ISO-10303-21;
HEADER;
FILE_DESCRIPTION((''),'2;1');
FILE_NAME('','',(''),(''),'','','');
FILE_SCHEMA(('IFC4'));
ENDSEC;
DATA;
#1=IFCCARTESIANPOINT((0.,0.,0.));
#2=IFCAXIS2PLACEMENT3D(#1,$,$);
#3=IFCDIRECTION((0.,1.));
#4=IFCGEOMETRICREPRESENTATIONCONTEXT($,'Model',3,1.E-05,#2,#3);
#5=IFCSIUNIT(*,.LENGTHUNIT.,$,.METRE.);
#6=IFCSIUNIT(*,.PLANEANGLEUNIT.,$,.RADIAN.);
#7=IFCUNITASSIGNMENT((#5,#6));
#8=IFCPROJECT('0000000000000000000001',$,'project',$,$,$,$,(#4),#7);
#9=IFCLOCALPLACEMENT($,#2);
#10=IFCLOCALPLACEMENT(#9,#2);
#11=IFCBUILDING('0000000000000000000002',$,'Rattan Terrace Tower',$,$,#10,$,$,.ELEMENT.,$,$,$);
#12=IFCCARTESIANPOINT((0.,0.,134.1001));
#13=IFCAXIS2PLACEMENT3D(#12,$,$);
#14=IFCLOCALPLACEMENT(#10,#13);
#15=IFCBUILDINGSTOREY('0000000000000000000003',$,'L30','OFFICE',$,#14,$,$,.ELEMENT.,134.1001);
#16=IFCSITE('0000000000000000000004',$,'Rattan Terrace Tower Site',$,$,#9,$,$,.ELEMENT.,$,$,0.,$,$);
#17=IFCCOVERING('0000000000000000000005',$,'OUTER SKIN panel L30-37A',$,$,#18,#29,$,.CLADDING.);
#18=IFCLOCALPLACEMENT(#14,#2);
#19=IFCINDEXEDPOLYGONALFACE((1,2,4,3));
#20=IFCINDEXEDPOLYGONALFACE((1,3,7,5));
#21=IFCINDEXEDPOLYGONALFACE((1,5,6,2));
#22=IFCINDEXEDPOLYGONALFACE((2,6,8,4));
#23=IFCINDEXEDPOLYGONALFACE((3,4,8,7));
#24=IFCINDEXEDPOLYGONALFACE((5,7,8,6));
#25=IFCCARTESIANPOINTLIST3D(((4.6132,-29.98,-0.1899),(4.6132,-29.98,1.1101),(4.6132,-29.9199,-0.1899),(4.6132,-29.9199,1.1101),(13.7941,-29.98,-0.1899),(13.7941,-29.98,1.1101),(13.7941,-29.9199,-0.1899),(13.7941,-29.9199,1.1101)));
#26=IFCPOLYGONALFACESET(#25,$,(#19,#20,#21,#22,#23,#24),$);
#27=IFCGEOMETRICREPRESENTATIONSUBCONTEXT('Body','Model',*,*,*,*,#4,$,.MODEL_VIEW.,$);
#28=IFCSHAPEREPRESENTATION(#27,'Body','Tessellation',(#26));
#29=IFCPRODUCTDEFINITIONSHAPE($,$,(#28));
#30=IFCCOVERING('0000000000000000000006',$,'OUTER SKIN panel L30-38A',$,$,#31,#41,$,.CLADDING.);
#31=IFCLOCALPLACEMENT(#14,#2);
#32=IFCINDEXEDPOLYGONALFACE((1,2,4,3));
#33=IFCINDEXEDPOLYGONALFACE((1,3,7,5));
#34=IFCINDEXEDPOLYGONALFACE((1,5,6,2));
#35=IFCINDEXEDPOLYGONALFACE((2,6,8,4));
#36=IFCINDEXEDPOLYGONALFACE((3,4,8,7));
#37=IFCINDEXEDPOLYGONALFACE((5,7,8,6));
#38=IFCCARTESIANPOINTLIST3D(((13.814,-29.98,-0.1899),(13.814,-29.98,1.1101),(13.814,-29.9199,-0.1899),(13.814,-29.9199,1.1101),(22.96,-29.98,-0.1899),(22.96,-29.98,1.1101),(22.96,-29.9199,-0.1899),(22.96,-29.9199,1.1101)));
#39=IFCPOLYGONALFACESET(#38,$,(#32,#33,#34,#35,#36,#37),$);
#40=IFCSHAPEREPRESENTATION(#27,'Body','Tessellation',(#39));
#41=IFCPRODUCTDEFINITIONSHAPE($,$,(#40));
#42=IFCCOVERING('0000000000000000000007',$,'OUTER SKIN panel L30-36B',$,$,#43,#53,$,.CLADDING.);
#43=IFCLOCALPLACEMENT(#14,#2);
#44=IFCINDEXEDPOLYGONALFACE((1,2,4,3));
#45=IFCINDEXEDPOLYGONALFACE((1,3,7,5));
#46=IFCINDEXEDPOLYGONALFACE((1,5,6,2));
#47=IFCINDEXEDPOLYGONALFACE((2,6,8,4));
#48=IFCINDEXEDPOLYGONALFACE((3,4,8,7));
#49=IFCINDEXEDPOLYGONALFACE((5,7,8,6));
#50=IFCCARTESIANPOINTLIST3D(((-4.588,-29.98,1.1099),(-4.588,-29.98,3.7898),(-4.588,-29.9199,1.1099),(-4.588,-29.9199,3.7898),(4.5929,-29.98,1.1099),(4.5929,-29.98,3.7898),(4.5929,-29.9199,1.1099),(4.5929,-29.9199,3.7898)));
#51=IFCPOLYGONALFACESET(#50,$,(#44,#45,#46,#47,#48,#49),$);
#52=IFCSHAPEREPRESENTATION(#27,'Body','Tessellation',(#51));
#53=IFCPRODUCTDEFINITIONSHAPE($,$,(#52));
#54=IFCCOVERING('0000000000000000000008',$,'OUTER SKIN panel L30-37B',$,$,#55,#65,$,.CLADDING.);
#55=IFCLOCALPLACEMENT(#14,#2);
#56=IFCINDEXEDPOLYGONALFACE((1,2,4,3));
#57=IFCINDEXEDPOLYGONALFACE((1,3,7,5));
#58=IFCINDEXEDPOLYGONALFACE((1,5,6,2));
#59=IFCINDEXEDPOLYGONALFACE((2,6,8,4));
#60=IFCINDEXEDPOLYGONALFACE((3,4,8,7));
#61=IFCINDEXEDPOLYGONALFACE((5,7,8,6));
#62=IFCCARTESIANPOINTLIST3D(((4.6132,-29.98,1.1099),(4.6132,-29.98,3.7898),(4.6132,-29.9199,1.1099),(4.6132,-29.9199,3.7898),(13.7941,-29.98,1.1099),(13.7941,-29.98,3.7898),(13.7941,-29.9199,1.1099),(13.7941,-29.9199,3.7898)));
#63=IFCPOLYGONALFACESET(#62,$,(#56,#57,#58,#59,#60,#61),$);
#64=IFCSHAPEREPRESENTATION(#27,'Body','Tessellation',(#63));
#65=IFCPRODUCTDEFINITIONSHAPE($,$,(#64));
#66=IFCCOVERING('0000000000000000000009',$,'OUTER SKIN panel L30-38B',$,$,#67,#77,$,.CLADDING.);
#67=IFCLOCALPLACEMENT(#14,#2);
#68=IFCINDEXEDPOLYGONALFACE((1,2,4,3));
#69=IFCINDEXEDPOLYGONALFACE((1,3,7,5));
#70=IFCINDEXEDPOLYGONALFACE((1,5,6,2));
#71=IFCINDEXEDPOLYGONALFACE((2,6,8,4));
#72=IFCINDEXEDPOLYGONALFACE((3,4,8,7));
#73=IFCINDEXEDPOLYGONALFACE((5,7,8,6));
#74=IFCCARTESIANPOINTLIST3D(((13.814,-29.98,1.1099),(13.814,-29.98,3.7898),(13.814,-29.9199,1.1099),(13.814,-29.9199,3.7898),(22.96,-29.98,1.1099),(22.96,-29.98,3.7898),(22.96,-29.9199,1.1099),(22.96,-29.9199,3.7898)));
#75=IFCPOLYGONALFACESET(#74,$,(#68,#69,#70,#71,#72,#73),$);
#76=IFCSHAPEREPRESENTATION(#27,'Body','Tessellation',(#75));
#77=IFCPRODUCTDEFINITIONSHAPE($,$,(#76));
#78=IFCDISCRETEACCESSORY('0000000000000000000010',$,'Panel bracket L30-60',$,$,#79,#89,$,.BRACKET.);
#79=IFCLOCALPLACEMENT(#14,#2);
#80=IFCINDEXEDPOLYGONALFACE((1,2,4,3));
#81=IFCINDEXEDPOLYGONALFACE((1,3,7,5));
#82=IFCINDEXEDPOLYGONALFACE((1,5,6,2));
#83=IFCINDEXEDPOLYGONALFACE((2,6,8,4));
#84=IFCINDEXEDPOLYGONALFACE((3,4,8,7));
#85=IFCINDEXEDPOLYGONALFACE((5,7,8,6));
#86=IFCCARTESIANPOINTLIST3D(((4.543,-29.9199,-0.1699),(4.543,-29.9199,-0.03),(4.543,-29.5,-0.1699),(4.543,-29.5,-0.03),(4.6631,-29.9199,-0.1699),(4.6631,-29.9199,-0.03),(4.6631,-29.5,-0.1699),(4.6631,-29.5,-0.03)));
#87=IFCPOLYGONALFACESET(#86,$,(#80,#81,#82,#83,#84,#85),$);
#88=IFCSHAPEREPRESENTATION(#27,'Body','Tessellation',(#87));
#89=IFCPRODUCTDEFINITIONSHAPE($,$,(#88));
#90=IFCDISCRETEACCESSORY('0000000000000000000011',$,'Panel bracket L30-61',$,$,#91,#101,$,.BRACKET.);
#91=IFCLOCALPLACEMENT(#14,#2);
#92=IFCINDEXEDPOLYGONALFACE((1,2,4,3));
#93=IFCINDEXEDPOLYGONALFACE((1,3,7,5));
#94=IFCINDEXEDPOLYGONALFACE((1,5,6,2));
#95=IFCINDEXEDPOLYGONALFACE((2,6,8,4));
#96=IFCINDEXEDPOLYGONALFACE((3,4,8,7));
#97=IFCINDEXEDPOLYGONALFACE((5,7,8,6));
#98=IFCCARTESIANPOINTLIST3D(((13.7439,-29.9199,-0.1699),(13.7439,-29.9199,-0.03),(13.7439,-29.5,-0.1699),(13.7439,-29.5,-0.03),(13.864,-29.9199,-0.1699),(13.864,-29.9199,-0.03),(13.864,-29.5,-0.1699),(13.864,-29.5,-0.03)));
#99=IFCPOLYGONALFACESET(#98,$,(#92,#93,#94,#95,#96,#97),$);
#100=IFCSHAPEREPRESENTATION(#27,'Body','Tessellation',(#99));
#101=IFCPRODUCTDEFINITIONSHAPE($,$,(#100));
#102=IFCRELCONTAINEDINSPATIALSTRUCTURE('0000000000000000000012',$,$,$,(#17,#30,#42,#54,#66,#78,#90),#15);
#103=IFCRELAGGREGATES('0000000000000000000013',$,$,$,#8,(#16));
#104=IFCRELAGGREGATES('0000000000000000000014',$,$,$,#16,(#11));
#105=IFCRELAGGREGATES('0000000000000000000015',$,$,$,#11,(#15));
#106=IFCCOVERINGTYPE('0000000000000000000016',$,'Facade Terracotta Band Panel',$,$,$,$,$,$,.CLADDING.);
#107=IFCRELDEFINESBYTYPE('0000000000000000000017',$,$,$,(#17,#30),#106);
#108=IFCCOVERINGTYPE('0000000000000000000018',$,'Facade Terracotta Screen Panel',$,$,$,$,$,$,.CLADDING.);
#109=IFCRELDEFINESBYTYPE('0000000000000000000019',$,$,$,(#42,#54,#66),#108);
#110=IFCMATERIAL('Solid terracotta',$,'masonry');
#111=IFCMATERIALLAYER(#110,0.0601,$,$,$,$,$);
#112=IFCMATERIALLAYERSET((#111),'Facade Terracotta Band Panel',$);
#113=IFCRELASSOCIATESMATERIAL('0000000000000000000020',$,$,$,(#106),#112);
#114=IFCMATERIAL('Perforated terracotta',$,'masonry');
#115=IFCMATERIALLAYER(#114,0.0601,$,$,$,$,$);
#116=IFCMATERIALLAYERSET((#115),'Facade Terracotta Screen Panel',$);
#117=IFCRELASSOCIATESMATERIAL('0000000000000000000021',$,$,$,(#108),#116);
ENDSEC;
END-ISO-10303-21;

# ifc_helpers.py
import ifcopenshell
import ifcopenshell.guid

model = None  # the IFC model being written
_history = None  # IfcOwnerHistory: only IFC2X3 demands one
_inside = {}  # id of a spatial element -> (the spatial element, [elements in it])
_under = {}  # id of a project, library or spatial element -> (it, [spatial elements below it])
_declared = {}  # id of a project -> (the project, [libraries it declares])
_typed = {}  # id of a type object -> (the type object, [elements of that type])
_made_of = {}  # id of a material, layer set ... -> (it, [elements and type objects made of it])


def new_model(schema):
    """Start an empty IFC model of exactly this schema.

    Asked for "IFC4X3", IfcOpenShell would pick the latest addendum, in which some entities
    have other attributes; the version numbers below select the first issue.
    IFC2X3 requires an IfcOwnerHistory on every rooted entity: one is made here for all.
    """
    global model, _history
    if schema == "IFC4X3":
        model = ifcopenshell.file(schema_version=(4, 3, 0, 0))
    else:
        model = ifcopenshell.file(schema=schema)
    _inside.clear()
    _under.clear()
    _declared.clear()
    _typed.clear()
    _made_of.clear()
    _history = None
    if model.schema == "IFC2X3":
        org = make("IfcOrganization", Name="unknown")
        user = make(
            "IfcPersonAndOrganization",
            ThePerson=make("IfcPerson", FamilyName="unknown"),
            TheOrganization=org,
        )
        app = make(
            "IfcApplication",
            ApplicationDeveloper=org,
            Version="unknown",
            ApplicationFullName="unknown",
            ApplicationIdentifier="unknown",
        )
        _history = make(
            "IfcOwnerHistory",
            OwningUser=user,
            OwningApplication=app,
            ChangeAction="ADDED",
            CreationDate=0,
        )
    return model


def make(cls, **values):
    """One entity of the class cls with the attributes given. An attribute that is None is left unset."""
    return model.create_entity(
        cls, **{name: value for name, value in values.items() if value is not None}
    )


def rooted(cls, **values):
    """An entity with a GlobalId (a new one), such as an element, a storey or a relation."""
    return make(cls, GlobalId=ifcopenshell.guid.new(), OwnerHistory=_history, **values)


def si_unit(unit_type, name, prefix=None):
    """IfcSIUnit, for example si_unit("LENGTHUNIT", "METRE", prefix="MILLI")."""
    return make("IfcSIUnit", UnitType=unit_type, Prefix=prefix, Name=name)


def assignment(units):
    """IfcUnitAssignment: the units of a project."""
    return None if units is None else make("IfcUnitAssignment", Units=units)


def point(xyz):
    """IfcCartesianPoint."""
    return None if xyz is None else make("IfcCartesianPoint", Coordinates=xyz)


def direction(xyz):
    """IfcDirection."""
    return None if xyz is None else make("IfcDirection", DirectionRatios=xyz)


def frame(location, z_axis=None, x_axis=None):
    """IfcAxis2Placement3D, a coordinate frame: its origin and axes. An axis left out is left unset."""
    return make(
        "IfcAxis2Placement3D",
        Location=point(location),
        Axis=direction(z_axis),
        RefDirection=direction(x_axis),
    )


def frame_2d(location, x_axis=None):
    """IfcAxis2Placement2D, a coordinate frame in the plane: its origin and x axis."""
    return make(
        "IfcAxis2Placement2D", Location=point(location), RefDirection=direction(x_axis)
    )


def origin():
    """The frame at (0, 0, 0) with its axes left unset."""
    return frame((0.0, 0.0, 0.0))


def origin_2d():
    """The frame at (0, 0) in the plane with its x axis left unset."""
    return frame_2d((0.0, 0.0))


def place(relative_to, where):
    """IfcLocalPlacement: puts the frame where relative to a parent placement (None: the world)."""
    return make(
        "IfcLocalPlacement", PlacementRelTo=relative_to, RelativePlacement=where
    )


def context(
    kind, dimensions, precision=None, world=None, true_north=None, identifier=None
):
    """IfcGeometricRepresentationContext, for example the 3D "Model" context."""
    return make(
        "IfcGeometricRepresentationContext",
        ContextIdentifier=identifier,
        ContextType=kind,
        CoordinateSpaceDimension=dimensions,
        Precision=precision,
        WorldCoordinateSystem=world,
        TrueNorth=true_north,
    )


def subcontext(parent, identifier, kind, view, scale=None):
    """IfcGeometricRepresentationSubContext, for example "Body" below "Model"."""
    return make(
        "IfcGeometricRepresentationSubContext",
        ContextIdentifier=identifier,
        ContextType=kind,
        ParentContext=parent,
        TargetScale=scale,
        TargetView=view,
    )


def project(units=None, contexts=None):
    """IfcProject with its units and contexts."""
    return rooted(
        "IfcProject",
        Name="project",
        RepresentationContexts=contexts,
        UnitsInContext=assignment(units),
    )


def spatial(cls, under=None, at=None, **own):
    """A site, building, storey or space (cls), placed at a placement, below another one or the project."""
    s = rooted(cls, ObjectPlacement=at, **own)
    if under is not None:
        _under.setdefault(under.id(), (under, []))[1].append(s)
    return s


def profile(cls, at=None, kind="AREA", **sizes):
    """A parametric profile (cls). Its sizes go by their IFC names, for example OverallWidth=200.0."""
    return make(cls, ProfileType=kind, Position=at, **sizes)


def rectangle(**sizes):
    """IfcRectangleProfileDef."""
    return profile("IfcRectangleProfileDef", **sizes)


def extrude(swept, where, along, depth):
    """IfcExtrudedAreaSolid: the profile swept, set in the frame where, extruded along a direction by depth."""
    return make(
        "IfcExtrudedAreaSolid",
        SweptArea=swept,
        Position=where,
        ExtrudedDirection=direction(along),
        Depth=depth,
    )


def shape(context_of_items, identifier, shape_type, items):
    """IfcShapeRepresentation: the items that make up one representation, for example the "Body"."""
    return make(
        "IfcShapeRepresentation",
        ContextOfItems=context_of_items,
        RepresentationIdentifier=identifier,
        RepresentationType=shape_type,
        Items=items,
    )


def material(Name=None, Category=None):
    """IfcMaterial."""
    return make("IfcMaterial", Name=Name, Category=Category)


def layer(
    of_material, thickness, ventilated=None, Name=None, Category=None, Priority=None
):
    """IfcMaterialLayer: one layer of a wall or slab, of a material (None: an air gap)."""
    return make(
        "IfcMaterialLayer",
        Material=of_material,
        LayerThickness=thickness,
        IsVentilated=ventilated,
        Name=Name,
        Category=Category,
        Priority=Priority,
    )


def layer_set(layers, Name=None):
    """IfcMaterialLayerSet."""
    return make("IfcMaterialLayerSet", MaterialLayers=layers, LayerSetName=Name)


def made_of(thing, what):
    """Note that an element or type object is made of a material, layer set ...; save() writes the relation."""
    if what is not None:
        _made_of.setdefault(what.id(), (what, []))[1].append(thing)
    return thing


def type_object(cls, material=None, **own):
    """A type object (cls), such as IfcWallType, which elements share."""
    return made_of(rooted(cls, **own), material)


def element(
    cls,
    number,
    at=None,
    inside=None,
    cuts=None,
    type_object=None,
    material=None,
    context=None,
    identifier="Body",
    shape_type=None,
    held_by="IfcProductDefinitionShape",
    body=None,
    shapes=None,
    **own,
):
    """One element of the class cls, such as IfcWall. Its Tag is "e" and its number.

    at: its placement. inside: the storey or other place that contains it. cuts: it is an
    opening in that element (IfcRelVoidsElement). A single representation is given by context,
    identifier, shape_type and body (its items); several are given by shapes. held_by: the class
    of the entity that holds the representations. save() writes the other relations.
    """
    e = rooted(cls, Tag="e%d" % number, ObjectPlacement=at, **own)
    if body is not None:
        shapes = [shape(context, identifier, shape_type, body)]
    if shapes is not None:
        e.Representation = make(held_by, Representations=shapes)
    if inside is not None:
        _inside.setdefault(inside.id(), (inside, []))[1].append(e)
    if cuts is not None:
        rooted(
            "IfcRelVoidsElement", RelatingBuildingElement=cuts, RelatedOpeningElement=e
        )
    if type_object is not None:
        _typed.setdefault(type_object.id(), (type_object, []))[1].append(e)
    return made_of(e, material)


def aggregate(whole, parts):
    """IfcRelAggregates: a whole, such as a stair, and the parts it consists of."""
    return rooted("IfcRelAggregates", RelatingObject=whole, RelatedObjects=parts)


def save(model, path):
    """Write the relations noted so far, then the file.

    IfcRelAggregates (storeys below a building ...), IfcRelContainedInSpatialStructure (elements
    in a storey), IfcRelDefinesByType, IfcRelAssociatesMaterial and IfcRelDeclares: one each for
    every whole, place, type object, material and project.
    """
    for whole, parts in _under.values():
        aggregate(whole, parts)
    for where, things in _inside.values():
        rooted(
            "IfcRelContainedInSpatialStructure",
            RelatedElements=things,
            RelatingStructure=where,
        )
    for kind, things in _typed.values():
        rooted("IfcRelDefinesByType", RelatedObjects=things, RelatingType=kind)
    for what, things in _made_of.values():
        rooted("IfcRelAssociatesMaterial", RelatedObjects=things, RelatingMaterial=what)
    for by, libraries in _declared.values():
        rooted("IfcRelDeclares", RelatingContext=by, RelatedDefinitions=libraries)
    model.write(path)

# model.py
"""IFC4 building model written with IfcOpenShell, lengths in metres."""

from ifc_helpers import new_model, si_unit, direction, frame, origin, origin_2d, place, context, subcontext, project, spatial, rectangle, extrude, material, layer, layer_set, type_object, element, save


model = new_model("IFC4")

# Units and contexts
model_context = context("Model", 3, precision=1e-05, world=origin(), true_north=direction((0.0, 1.0)))
body_context = subcontext(model_context, "Body", "Model", "MODEL_VIEW")
ifc_project = project(units=[si_unit("LENGTHUNIT", "METRE"), si_unit("PLANEANGLEUNIT", "RADIAN")], contexts=[model_context])

# Site, building, storey
site_placement = place(None, origin())
site = spatial("IfcSite", under=ifc_project, at=site_placement, Name="Rattan Terrace Tower Site", CompositionType="ELEMENT", RefElevation=0.0)
building_placement = place(site_placement, origin())
building = spatial("IfcBuilding", under=site, at=building_placement, Name="Rattan Terrace Tower", CompositionType="ELEMENT")
storey_placement = place(building_placement, frame((0.0, 0.0, 134.1001)))
storey = spatial("IfcBuildingStorey", under=building, at=storey_placement, Name="L30", Description="OFFICE", CompositionType="ELEMENT", Elevation=134.1001)

# Coverings
ifc_material_1 = material(Name="Solid terracotta", Category="masonry")
ifc_layer_1 = layer(ifc_material_1, 0.0601)
ifc_layer_set_1 = layer_set([ifc_layer_1], Name="Facade Terracotta Band Panel")
covering_type_1 = type_object("IfcCoveringType", Name="Facade Terracotta Band Panel", PredefinedType="CLADDING", material=ifc_layer_set_1)
for number, where, z_axis, x_axis, name in (
    (1, (9.2036, -29.95, -0.1899), (0.0, 0.0, 1.0), (1.0, 0.0, 0.0), "OUTER SKIN panel L30-37A"),
):
    element("IfcCovering", number, at=place(storey_placement, frame(where, z_axis=z_axis, x_axis=x_axis)), inside=storey, type_object=covering_type_1, Name=name, PredefinedType="CLADDING", context=body_context, shape_type="SweptSolid", body=[
        extrude(rectangle(XDim=9.1809, YDim=0.0601, at=origin_2d()), origin(), (0.0, 0.0, 1.0), 1.3),
    ])
covering_1_placement = place(storey_placement, frame((18.387, -29.95, -0.1899), z_axis=(0.0, 0.0, 1.0), x_axis=(1.0, 0.0, 0.0)))
element("IfcCovering", 2, at=covering_1_placement, inside=storey, type_object=covering_type_1, Name="OUTER SKIN panel L30-38A", PredefinedType="CLADDING", context=body_context, shape_type="SweptSolid", body=[
    extrude(rectangle(XDim=9.146, YDim=0.0601, at=origin_2d()), origin(), (0.0, 0.0, 1.0), 1.3),
])
ifc_material_2 = material(Name="Perforated terracotta", Category="masonry")
ifc_layer_2 = layer(ifc_material_2, 0.0601)
ifc_layer_set_2 = layer_set([ifc_layer_2], Name="Facade Terracotta Screen Panel")
covering_type_2 = type_object("IfcCoveringType", Name="Facade Terracotta Screen Panel", PredefinedType="CLADDING", material=ifc_layer_set_2)
for number, where, z_axis, x_axis, name in (
    (3, (0.0024, -29.95, 1.1099), (0.0, 0.0, 1.0), (1.0, 0.0, 0.0), "OUTER SKIN panel L30-36B"),
    (4, (9.2036, -29.95, 1.1099), (0.0, 0.0, 1.0), (1.0, 0.0, 0.0), "OUTER SKIN panel L30-37B"),
):
    element("IfcCovering", number, at=place(storey_placement, frame(where, z_axis=z_axis, x_axis=x_axis)), inside=storey, type_object=covering_type_2, Name=name, PredefinedType="CLADDING", context=body_context, shape_type="SweptSolid", body=[
        extrude(rectangle(XDim=9.1809, YDim=0.0601, at=origin_2d()), origin(), (0.0, 0.0, 1.0), 2.6799),
    ])
covering_2_placement = place(storey_placement, frame((18.387, -29.95, 1.1099), z_axis=(0.0, 0.0, 1.0), x_axis=(1.0, 0.0, 0.0)))
element("IfcCovering", 5, at=covering_2_placement, inside=storey, type_object=covering_type_2, Name="OUTER SKIN panel L30-38B", PredefinedType="CLADDING", context=body_context, shape_type="SweptSolid", body=[
    extrude(rectangle(XDim=9.146, YDim=0.0601, at=origin_2d()), origin(), (0.0, 0.0, 1.0), 2.6799),
])

# Discrete accessories
for number, where, z_axis, x_axis, name in (
    (6, (4.603, -29.71, -0.1699), (0.0, 0.0, 1.0), (1.0, 0.0, 0.0), "Panel bracket L30-60"),
    (7, (13.804, -29.71, -0.1699), (0.0, 0.0, 1.0), (1.0, 0.0, 0.0), "Panel bracket L30-61"),
):
    element("IfcDiscreteAccessory", number, at=place(storey_placement, frame(where, z_axis=z_axis, x_axis=x_axis)), inside=storey, Name=name, PredefinedType="BRACKET", context=body_context, shape_type="SweptSolid", body=[
        extrude(rectangle(XDim=0.1201, YDim=0.4199, at=origin_2d()), origin(), (0.0, 0.0, 1.0), 0.1399),
    ])

save(model, "model.ifc")
